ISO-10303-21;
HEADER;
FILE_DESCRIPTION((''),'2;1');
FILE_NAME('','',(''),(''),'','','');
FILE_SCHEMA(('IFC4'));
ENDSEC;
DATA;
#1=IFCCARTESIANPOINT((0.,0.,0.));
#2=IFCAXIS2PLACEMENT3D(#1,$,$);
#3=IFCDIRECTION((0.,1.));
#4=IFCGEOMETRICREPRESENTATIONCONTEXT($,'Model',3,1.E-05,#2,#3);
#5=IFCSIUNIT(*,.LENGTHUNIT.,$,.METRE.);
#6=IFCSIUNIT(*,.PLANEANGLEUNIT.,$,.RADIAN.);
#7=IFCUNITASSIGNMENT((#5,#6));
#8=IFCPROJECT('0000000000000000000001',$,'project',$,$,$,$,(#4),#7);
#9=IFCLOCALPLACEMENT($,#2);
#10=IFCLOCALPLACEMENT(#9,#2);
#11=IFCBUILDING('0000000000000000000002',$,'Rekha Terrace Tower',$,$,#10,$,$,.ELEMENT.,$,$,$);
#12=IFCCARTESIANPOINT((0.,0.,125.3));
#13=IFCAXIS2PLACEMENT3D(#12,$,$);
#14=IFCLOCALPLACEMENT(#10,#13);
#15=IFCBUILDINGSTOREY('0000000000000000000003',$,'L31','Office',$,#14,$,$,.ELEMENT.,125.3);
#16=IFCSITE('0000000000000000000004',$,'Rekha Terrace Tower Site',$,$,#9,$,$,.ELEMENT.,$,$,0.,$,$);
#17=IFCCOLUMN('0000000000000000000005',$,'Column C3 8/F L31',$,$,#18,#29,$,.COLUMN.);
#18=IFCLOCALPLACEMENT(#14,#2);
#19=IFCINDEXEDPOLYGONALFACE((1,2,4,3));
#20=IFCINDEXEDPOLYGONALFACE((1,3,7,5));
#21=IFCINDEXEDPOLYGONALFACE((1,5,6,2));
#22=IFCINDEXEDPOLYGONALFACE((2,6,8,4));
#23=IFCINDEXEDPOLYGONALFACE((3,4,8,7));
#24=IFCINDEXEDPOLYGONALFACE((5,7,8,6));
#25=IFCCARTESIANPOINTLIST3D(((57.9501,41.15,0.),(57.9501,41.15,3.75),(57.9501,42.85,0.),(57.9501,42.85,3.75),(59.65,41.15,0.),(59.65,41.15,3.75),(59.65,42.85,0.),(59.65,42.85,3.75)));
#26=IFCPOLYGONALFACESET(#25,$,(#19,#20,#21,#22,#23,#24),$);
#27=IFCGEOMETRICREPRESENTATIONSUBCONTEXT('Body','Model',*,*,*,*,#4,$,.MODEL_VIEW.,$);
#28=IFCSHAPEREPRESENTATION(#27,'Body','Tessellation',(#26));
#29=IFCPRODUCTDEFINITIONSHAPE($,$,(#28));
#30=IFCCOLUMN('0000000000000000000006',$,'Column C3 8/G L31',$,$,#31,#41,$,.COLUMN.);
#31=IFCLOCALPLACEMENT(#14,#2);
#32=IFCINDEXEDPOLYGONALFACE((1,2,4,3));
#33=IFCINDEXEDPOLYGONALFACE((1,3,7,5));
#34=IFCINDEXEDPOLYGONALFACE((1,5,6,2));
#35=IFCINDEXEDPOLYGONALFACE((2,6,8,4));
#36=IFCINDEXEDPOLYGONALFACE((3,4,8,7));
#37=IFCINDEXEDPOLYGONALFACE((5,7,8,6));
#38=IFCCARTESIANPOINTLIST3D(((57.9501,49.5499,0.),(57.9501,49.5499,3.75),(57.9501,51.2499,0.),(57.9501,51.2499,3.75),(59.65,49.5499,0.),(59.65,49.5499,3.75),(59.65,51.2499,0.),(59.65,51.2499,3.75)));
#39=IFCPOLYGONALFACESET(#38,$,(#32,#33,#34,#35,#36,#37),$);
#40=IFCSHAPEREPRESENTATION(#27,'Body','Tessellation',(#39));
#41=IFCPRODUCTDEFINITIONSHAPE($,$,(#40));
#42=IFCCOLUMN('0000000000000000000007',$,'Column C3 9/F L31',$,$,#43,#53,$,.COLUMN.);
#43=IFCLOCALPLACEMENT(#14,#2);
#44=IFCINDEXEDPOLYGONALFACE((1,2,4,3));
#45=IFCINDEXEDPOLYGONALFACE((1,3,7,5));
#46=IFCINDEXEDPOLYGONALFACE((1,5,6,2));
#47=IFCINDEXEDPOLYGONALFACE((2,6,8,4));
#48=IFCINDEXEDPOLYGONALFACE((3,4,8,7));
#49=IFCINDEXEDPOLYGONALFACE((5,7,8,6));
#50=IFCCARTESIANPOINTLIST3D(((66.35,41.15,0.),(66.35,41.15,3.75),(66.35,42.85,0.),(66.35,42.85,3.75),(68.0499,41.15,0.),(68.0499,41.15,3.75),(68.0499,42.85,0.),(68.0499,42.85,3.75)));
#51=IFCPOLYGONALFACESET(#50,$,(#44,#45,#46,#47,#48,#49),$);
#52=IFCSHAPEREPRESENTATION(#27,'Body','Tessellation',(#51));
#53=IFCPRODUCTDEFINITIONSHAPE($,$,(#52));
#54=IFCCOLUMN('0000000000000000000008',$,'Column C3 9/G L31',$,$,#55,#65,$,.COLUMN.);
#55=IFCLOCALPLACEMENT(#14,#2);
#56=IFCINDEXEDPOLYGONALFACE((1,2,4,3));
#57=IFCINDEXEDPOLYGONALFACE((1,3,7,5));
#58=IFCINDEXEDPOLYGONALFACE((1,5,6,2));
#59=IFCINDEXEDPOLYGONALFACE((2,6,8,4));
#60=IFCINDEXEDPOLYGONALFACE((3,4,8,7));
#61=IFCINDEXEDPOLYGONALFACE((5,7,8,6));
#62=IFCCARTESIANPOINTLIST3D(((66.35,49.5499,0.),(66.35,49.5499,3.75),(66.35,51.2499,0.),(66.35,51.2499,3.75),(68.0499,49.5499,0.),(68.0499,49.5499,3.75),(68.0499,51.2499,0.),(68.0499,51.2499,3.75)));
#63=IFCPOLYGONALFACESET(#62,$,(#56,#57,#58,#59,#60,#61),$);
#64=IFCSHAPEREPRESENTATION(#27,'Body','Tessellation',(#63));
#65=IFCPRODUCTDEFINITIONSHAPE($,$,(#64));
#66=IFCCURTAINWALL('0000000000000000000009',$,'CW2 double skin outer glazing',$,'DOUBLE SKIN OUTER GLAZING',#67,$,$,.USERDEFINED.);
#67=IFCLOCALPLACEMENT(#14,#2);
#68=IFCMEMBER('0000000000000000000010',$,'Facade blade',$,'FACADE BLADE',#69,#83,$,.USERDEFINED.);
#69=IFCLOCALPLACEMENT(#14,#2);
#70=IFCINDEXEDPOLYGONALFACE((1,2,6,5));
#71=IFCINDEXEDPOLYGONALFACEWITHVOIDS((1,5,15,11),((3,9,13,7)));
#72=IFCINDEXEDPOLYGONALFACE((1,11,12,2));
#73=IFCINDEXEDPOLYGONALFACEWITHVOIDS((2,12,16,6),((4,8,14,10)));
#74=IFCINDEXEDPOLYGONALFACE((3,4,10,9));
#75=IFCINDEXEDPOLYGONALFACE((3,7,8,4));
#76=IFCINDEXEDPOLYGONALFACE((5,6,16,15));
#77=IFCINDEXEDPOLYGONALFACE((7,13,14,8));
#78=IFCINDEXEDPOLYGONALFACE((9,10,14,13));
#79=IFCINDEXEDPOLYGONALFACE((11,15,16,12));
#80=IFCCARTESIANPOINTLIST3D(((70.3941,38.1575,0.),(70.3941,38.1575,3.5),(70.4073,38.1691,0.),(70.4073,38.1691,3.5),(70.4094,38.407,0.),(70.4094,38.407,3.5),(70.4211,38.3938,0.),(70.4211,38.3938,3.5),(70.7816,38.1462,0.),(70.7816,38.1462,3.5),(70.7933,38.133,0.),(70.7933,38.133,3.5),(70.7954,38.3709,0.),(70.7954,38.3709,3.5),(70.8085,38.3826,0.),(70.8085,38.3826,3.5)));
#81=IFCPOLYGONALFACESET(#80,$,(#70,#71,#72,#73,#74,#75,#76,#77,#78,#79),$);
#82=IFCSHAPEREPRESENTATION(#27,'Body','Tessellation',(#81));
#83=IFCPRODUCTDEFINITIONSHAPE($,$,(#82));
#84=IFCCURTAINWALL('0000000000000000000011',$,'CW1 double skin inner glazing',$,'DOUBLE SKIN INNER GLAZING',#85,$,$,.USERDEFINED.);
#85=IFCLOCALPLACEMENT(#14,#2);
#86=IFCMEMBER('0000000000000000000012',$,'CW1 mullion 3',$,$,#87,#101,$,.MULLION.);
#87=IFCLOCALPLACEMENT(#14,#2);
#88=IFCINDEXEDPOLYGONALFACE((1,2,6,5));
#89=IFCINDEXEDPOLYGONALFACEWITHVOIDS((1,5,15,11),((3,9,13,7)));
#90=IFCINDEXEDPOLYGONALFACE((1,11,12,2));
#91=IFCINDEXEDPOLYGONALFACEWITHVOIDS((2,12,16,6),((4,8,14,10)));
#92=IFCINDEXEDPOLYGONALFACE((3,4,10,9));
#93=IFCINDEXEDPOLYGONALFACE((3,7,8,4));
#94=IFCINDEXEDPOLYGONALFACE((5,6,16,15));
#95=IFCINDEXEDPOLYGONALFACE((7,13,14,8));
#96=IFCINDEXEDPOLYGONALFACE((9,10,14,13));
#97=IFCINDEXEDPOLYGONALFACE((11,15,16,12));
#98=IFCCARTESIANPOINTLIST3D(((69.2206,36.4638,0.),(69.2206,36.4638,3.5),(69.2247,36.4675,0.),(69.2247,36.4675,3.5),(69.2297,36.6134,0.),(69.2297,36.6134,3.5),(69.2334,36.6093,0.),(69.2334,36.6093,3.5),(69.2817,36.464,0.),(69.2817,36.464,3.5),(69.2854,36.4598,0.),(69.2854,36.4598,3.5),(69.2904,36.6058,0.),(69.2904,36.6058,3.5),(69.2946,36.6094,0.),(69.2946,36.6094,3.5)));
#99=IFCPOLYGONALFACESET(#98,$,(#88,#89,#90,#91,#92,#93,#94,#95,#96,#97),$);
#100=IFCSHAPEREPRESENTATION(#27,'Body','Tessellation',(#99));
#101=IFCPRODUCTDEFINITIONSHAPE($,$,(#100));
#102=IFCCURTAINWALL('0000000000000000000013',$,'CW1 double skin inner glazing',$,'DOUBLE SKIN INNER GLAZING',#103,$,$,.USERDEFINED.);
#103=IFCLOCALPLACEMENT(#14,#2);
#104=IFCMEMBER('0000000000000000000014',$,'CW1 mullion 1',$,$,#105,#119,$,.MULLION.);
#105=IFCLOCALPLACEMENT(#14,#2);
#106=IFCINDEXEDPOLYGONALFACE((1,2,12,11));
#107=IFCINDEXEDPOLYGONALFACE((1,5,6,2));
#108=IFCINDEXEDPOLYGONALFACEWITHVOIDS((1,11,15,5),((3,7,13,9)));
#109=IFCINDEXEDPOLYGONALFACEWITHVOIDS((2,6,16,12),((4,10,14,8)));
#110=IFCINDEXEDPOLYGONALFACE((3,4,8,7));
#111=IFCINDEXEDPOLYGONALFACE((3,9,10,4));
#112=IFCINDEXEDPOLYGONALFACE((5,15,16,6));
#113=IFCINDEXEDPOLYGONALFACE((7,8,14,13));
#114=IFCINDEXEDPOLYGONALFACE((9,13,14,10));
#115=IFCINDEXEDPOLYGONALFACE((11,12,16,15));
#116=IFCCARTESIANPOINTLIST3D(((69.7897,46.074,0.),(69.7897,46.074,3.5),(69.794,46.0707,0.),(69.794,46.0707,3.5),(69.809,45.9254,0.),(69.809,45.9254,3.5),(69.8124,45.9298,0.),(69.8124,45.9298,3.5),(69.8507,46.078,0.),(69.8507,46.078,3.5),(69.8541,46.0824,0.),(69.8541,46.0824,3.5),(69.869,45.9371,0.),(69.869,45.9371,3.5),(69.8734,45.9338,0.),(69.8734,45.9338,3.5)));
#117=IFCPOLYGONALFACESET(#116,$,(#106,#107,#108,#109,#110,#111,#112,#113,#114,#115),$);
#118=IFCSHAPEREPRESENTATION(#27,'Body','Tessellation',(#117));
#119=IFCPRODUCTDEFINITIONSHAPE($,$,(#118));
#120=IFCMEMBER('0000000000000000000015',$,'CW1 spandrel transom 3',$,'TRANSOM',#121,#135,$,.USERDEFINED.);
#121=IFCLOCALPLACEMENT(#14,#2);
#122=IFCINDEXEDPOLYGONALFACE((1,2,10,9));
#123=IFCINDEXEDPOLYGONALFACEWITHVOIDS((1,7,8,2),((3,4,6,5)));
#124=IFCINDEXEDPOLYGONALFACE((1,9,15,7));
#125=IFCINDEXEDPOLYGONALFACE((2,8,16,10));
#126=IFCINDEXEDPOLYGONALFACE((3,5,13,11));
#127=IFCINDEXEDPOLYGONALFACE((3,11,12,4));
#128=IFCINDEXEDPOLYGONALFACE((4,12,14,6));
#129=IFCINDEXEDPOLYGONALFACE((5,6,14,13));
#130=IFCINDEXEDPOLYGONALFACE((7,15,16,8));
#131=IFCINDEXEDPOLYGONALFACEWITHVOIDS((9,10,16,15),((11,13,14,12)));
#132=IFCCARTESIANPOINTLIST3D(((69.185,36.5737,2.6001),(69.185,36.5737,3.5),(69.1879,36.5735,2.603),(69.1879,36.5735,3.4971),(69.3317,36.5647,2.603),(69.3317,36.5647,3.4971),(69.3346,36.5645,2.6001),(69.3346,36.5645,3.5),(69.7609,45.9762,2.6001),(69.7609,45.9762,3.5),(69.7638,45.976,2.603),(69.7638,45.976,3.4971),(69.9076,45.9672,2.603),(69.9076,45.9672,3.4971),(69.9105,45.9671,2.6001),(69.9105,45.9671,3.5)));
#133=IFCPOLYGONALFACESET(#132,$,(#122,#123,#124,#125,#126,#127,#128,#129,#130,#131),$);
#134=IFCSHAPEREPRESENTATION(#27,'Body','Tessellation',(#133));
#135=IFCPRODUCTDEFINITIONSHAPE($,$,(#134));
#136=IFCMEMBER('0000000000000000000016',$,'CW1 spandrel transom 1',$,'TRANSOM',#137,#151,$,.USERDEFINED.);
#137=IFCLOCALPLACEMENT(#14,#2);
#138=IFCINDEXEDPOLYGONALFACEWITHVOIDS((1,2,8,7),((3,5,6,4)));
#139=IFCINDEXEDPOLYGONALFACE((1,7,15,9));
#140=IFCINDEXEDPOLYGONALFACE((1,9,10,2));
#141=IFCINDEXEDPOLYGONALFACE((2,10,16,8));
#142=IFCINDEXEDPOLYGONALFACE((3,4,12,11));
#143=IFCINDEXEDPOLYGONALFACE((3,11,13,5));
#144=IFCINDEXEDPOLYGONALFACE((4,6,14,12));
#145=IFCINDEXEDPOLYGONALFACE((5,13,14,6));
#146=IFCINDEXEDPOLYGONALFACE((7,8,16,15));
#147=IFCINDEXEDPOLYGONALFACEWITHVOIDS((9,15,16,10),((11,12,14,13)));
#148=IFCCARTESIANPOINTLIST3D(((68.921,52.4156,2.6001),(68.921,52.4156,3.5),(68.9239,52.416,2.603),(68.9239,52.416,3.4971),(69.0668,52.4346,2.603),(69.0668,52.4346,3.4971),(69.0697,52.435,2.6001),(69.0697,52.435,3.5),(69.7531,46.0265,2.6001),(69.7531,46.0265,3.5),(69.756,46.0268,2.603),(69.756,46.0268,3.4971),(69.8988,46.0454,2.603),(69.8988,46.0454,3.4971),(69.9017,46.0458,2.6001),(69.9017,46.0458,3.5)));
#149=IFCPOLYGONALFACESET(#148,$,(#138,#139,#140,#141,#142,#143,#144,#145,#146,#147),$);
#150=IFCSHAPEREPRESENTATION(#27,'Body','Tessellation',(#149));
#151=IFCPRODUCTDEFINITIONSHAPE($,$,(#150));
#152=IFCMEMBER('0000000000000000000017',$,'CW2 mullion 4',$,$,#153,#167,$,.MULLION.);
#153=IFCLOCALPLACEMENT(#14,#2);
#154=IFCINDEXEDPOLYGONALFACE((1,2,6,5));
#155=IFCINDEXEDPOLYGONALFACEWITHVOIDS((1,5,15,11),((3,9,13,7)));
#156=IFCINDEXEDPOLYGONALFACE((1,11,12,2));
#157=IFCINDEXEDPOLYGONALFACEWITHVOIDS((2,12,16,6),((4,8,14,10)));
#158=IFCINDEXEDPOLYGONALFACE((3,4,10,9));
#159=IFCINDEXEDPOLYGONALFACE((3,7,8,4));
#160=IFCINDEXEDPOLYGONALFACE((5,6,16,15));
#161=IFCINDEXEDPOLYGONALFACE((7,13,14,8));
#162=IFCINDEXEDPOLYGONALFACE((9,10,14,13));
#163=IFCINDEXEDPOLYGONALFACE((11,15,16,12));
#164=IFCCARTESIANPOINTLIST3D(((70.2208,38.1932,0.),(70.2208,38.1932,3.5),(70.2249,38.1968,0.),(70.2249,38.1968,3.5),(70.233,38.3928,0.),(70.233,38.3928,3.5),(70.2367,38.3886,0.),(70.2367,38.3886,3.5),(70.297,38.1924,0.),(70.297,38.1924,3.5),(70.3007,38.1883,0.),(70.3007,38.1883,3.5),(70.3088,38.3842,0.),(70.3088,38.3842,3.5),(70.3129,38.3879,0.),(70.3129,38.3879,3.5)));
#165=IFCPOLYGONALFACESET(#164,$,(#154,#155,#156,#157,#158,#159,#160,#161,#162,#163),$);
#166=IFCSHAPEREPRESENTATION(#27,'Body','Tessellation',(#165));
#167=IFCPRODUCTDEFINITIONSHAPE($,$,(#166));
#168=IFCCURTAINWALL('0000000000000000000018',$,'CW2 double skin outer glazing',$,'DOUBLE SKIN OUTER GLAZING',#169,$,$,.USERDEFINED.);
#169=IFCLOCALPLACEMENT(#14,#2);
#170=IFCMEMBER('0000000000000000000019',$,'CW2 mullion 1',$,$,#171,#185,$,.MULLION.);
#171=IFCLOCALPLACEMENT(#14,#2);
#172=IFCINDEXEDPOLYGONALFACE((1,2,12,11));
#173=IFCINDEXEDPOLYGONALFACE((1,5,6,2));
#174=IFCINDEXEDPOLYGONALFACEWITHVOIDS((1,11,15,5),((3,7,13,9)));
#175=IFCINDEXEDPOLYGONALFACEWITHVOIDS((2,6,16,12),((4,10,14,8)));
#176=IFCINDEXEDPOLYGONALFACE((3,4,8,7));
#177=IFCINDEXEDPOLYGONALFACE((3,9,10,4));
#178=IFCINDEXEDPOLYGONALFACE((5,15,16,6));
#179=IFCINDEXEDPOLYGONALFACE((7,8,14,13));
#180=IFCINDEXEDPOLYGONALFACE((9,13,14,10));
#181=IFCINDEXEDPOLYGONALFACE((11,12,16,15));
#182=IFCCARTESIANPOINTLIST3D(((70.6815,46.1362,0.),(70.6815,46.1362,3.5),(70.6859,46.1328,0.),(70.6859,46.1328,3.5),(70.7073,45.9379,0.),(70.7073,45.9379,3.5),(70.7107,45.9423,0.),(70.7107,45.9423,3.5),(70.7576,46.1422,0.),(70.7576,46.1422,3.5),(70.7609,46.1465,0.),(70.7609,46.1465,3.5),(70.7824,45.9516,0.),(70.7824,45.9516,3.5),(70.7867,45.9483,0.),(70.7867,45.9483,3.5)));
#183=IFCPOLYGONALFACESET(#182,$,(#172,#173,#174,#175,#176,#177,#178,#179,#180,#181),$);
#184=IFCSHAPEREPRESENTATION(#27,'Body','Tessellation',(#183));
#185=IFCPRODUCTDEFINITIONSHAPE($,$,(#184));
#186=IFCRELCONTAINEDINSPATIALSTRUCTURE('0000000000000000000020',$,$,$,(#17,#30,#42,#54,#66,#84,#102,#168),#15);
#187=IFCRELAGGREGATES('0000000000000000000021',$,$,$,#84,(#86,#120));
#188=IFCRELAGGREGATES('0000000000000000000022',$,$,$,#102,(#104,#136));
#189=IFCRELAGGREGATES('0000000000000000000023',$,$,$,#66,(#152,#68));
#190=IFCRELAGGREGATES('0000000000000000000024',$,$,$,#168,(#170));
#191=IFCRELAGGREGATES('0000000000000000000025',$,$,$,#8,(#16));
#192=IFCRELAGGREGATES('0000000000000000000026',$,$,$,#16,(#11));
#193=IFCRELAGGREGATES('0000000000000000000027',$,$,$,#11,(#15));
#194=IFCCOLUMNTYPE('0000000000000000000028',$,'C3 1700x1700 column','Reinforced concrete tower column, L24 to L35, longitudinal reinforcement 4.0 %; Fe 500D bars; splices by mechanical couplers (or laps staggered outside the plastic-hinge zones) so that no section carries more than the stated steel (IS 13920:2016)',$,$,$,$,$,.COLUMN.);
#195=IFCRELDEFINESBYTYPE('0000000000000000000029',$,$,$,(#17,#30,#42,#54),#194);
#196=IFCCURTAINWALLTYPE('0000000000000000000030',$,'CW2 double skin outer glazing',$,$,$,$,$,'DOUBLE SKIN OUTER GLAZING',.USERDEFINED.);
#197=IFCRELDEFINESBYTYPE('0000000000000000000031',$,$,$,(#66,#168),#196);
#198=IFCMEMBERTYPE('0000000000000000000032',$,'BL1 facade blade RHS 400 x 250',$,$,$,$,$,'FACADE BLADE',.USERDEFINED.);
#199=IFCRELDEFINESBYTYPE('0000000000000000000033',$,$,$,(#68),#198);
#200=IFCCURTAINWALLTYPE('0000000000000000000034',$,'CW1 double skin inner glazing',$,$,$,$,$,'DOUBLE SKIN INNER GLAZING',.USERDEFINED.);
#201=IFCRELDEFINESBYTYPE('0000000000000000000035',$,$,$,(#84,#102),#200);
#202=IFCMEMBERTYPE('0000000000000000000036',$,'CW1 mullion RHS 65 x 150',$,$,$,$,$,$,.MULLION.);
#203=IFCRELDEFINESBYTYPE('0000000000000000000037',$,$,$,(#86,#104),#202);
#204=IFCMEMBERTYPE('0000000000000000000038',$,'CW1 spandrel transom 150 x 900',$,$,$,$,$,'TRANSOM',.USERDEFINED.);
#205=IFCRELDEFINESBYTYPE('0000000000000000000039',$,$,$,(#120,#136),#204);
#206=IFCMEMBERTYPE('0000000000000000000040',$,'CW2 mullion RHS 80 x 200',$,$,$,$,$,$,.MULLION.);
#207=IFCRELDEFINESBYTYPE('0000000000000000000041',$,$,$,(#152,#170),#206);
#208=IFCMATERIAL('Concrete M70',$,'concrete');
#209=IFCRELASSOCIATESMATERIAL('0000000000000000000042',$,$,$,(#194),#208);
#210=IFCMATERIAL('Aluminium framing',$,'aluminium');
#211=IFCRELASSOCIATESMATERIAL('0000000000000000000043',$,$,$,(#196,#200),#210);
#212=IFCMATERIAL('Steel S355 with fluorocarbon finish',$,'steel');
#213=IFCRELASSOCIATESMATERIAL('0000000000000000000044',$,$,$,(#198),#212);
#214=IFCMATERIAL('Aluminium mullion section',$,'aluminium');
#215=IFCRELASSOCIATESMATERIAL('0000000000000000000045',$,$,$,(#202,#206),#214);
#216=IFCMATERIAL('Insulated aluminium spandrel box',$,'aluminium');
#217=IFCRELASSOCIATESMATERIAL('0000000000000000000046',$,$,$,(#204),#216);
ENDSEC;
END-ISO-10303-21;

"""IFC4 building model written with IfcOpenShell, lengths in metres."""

from ifc_helpers import new_model, si_unit, direction, frame, origin, origin_2d, place, context, subcontext, project, spatial, rectangle, hollow_rectangle, extrude, material, material_profile, profile_set, type_object, element, aggregate, save


model = new_model("IFC4")

# Units and contexts
model_context = context("Model", 3, precision=1e-05, world=origin(), true_north=direction((0.0, 1.0)))
body_context = subcontext(model_context, "Body", "Model", "MODEL_VIEW")
ifc_project = project(units=[si_unit("LENGTHUNIT", "METRE"), si_unit("PLANEANGLEUNIT", "RADIAN")], contexts=[model_context])

# Site, building, storey
site_placement = place(None, origin())
site = spatial("IfcSite", under=ifc_project, at=site_placement, Name="Rekha Terrace Tower Site", CompositionType="ELEMENT", RefElevation=0.0)
building_placement = place(site_placement, origin())
building = spatial("IfcBuilding", under=site, at=building_placement, Name="Rekha Terrace Tower", CompositionType="ELEMENT")
storey_placement = place(building_placement, frame((0.0, 0.0, 125.3)))
storey = spatial("IfcBuildingStorey", under=building, at=storey_placement, Name="L31", Description="Office", CompositionType="ELEMENT", Elevation=125.3)

# Columns
ifc_material_1 = material(Name="Concrete M70", Category="concrete")
ifc_material_profile_1 = material_profile(ifc_material_1, rectangle(XDim=1.7, YDim=1.7, at=origin_2d()), Name="RC 1700x1700")
ifc_profile_set_1 = profile_set([ifc_material_profile_1], Name="Concrete M70")
column_type = type_object("IfcColumnType", Name="C3 1700x1700 column", Description="Reinforced concrete tower column, L24 to L35, longitudinal reinforcement 4.0 %; Fe 500D bars; splices by mechanical couplers (or laps staggered outside the plastic-hinge zones) so that no section carries more than the stated steel (IS 13920:2016)", PredefinedType="COLUMN", material=ifc_profile_set_1)
for number, where, z_axis, x_axis, name in (
    (1, (58.8, 42.0, 0.0), (0.0, 0.0, 1.0), (1.0, 0.0, 0.0), "Column C3 8/F L31"),
    (2, (58.8, 50.3999, 0.0), (0.0, 0.0, 1.0), (1.0, 0.0, 0.0), "Column C3 8/G L31"),
    (3, (67.2, 42.0, 0.0), (0.0, 0.0, 1.0), (1.0, 0.0, 0.0), "Column C3 9/F L31"),
    (4, (67.2, 50.3999, 0.0), (0.0, 0.0, 1.0), (1.0, 0.0, 0.0), "Column C3 9/G L31"),
):
    element("IfcColumn", number, at=place(storey_placement, frame(where, z_axis=z_axis, x_axis=x_axis)), inside=storey, type_object=column_type, Name=name, PredefinedType="COLUMN", context=body_context, shape_type="SweptSolid", body=[
        extrude(rectangle(XDim=1.7, YDim=1.7, at=origin_2d()), origin(), (0.0, 0.0, 1.0), 3.75),
    ])

# Curtain walls, members
ifc_material_2 = material(Name="Aluminium framing", Category="aluminium")
curtain_wall_type_1 = type_object("IfcCurtainWallType", Name="CW2 double skin outer glazing", ElementType="DOUBLE SKIN OUTER GLAZING", PredefinedType="USERDEFINED", material=ifc_material_2)
curtain_wall_1_placement = place(storey_placement, origin())
curtain_wall_1 = element("IfcCurtainWall", 5, at=curtain_wall_1_placement, inside=storey, type_object=curtain_wall_type_1, Name="CW2 double skin outer glazing", ObjectType="DOUBLE SKIN OUTER GLAZING", PredefinedType="USERDEFINED")
ifc_material_3 = material(Name="Steel S355 with fluorocarbon finish", Category="steel")
ifc_material_profile_2 = material_profile(ifc_material_3, hollow_rectangle(XDim=0.25, YDim=0.3999, WallThickness=0.0125, at=origin_2d()), Name="RHS400x250x12.5")
ifc_profile_set_2 = profile_set([ifc_material_profile_2], Name="Steel S355 with fluorocarbon finish")
member_type_1 = type_object("IfcMemberType", Name="BL1 facade blade RHS 400 x 250", ElementType="FACADE BLADE", PredefinedType="USERDEFINED", material=ifc_profile_set_2)
member_1_placement = place(storey_placement, frame((70.6013, 38.27, 0.0), z_axis=(0.0, 0.0, 1.0), x_axis=(0.06116, 0.998128, 0.0)))
member_1 = element("IfcMember", 6, at=member_1_placement, type_object=member_type_1, Name="Facade blade", ObjectType="FACADE BLADE", PredefinedType="USERDEFINED", context=body_context, shape_type="SweptSolid", body=[
    extrude(hollow_rectangle(XDim=0.25, YDim=0.3999, WallThickness=0.0125, at=origin_2d()), origin(), (0.0, 0.0, 1.0), 3.5),
])
curtain_wall_type_2 = type_object("IfcCurtainWallType", Name="CW1 double skin inner glazing", ElementType="DOUBLE SKIN INNER GLAZING", PredefinedType="USERDEFINED", material=ifc_material_2)
curtain_wall_2_placement = place(storey_placement, origin())
curtain_wall_2 = element("IfcCurtainWall", 7, at=curtain_wall_2_placement, inside=storey, type_object=curtain_wall_type_2, Name="CW1 double skin inner glazing", ObjectType="DOUBLE SKIN INNER GLAZING", PredefinedType="USERDEFINED")
ifc_material_4 = material(Name="Aluminium mullion section", Category="aluminium")
ifc_material_profile_3 = material_profile(ifc_material_4, hollow_rectangle(XDim=0.0649, YDim=0.1499, WallThickness=0.0039, at=origin_2d()), Name="AL RHS 65x150")
ifc_profile_set_3 = profile_set([ifc_material_profile_3], Name="Aluminium mullion section")
member_type_2 = type_object("IfcMemberType", Name="CW1 mullion RHS 65 x 150", PredefinedType="MULLION", material=ifc_profile_set_3)
member_2_placement = place(storey_placement, frame((69.2576, 36.5366, 0.0), z_axis=(0.0, 0.0, 1.0), x_axis=(-0.998128, 0.06116, 0.0)))
member_2 = element("IfcMember", 8, at=member_2_placement, type_object=member_type_2, Name="CW1 mullion 3", PredefinedType="MULLION", context=body_context, shape_type="SweptSolid", body=[
    extrude(hollow_rectangle(XDim=0.0649, YDim=0.1499, WallThickness=0.0039, at=origin_2d()), origin(), (0.0, 0.0, 1.0), 3.5),
])
curtain_wall_3_placement = place(storey_placement, origin())
curtain_wall_3 = element("IfcCurtainWall", 9, at=curtain_wall_3_placement, inside=storey, type_object=curtain_wall_type_2, Name="CW1 double skin inner glazing", ObjectType="DOUBLE SKIN INNER GLAZING", PredefinedType="USERDEFINED")
member_3_placement = place(storey_placement, frame((69.8315, 46.0039, 0.0), z_axis=(0.0, 0.0, 1.0), x_axis=(-0.991629, -0.129118, 0.0)))
member_3 = element("IfcMember", 10, at=member_3_placement, type_object=member_type_2, Name="CW1 mullion 1", PredefinedType="MULLION", context=body_context, shape_type="SweptSolid", body=[
    extrude(hollow_rectangle(XDim=0.0649, YDim=0.1499, WallThickness=0.0039, at=origin_2d()), origin(), (0.0, 0.0, 1.0), 3.5),
])

# Members
ifc_material_5 = material(Name="Insulated aluminium spandrel box", Category="aluminium")
ifc_material_profile_4 = material_profile(ifc_material_5, hollow_rectangle(XDim=0.1499, YDim=0.8999, WallThickness=0.0029, at=origin_2d()), Name="AL SPANDREL BOX 150x900")
ifc_profile_set_4 = profile_set([ifc_material_profile_4], Name="Insulated aluminium spandrel box")
member_type_3 = type_object("IfcMemberType", Name="CW1 spandrel transom 150 x 900", ElementType="TRANSOM", PredefinedType="USERDEFINED", material=ifc_profile_set_4)
member_4_placement = place(storey_placement, frame((69.2598, 36.5691, 3.05), z_axis=(0.061137, 0.998129, 0.0), x_axis=(-0.998129, 0.061137, 0.0)))
member_4 = element("IfcMember", 11, at=member_4_placement, type_object=member_type_3, Name="CW1 spandrel transom 3", ObjectType="TRANSOM", PredefinedType="USERDEFINED", context=body_context, shape_type="SweptSolid", body=[
    extrude(hollow_rectangle(XDim=0.1499, YDim=0.8999, WallThickness=0.0029, at=origin_2d()), origin(), (0.0, 0.0, 1.0), 9.4202),
])
member_5_placement = place(storey_placement, frame((69.8274, 46.0361, 3.05), z_axis=(-0.129135, 0.991627, 0.0), x_axis=(-0.991627, -0.129135, 0.0)))
member_5 = element("IfcMember", 12, at=member_5_placement, type_object=member_type_3, Name="CW1 spandrel transom 1", ObjectType="TRANSOM", PredefinedType="USERDEFINED", context=body_context, shape_type="SweptSolid", body=[
    extrude(hollow_rectangle(XDim=0.1499, YDim=0.8999, WallThickness=0.0029, at=origin_2d()), origin(), (0.0, 0.0, 1.0), 6.4431),
])
ifc_material_profile_5 = material_profile(ifc_material_4, hollow_rectangle(XDim=0.0801, YDim=0.2, WallThickness=0.0039, at=origin_2d()), Name="AL RHS 80x200")
ifc_profile_set_5 = profile_set([ifc_material_profile_5], Name="Aluminium mullion section")
member_type_4 = type_object("IfcMemberType", Name="CW2 mullion RHS 80 x 200", PredefinedType="MULLION", material=ifc_profile_set_5)
member_6_placement = place(storey_placement, frame((70.2668, 38.2905, 0.0), z_axis=(0.0, 0.0, 1.0), x_axis=(-0.998128, 0.06116, 0.0)))
member_6 = element("IfcMember", 13, at=member_6_placement, type_object=member_type_4, Name="CW2 mullion 4", PredefinedType="MULLION", context=body_context, shape_type="SweptSolid", body=[
    extrude(hollow_rectangle(XDim=0.0801, YDim=0.2, WallThickness=0.0039, at=origin_2d()), origin(), (0.0, 0.0, 1.0), 3.5),
])

# Curtain wall, member
curtain_wall_4_placement = place(storey_placement, origin())
curtain_wall_4 = element("IfcCurtainWall", 14, at=curtain_wall_4_placement, inside=storey, type_object=curtain_wall_type_1, Name="CW2 double skin outer glazing", ObjectType="DOUBLE SKIN OUTER GLAZING", PredefinedType="USERDEFINED")
member_7_placement = place(storey_placement, frame((70.7341, 46.0422, 0.0), z_axis=(0.0, 0.0, 1.0), x_axis=(-0.991629, -0.129118, 0.0)))
member_7 = element("IfcMember", 15, at=member_7_placement, type_object=member_type_4, Name="CW2 mullion 1", PredefinedType="MULLION", context=body_context, shape_type="SweptSolid", body=[
    extrude(hollow_rectangle(XDim=0.0801, YDim=0.2, WallThickness=0.0039, at=origin_2d()), origin(), (0.0, 0.0, 1.0), 3.5),
])

aggregate(curtain_wall_2, [member_2, member_4])
aggregate(curtain_wall_3, [member_3, member_5])
aggregate(curtain_wall_1, [member_6, member_1])
aggregate(curtain_wall_4, [member_7])

save(model, "model.ifc")
